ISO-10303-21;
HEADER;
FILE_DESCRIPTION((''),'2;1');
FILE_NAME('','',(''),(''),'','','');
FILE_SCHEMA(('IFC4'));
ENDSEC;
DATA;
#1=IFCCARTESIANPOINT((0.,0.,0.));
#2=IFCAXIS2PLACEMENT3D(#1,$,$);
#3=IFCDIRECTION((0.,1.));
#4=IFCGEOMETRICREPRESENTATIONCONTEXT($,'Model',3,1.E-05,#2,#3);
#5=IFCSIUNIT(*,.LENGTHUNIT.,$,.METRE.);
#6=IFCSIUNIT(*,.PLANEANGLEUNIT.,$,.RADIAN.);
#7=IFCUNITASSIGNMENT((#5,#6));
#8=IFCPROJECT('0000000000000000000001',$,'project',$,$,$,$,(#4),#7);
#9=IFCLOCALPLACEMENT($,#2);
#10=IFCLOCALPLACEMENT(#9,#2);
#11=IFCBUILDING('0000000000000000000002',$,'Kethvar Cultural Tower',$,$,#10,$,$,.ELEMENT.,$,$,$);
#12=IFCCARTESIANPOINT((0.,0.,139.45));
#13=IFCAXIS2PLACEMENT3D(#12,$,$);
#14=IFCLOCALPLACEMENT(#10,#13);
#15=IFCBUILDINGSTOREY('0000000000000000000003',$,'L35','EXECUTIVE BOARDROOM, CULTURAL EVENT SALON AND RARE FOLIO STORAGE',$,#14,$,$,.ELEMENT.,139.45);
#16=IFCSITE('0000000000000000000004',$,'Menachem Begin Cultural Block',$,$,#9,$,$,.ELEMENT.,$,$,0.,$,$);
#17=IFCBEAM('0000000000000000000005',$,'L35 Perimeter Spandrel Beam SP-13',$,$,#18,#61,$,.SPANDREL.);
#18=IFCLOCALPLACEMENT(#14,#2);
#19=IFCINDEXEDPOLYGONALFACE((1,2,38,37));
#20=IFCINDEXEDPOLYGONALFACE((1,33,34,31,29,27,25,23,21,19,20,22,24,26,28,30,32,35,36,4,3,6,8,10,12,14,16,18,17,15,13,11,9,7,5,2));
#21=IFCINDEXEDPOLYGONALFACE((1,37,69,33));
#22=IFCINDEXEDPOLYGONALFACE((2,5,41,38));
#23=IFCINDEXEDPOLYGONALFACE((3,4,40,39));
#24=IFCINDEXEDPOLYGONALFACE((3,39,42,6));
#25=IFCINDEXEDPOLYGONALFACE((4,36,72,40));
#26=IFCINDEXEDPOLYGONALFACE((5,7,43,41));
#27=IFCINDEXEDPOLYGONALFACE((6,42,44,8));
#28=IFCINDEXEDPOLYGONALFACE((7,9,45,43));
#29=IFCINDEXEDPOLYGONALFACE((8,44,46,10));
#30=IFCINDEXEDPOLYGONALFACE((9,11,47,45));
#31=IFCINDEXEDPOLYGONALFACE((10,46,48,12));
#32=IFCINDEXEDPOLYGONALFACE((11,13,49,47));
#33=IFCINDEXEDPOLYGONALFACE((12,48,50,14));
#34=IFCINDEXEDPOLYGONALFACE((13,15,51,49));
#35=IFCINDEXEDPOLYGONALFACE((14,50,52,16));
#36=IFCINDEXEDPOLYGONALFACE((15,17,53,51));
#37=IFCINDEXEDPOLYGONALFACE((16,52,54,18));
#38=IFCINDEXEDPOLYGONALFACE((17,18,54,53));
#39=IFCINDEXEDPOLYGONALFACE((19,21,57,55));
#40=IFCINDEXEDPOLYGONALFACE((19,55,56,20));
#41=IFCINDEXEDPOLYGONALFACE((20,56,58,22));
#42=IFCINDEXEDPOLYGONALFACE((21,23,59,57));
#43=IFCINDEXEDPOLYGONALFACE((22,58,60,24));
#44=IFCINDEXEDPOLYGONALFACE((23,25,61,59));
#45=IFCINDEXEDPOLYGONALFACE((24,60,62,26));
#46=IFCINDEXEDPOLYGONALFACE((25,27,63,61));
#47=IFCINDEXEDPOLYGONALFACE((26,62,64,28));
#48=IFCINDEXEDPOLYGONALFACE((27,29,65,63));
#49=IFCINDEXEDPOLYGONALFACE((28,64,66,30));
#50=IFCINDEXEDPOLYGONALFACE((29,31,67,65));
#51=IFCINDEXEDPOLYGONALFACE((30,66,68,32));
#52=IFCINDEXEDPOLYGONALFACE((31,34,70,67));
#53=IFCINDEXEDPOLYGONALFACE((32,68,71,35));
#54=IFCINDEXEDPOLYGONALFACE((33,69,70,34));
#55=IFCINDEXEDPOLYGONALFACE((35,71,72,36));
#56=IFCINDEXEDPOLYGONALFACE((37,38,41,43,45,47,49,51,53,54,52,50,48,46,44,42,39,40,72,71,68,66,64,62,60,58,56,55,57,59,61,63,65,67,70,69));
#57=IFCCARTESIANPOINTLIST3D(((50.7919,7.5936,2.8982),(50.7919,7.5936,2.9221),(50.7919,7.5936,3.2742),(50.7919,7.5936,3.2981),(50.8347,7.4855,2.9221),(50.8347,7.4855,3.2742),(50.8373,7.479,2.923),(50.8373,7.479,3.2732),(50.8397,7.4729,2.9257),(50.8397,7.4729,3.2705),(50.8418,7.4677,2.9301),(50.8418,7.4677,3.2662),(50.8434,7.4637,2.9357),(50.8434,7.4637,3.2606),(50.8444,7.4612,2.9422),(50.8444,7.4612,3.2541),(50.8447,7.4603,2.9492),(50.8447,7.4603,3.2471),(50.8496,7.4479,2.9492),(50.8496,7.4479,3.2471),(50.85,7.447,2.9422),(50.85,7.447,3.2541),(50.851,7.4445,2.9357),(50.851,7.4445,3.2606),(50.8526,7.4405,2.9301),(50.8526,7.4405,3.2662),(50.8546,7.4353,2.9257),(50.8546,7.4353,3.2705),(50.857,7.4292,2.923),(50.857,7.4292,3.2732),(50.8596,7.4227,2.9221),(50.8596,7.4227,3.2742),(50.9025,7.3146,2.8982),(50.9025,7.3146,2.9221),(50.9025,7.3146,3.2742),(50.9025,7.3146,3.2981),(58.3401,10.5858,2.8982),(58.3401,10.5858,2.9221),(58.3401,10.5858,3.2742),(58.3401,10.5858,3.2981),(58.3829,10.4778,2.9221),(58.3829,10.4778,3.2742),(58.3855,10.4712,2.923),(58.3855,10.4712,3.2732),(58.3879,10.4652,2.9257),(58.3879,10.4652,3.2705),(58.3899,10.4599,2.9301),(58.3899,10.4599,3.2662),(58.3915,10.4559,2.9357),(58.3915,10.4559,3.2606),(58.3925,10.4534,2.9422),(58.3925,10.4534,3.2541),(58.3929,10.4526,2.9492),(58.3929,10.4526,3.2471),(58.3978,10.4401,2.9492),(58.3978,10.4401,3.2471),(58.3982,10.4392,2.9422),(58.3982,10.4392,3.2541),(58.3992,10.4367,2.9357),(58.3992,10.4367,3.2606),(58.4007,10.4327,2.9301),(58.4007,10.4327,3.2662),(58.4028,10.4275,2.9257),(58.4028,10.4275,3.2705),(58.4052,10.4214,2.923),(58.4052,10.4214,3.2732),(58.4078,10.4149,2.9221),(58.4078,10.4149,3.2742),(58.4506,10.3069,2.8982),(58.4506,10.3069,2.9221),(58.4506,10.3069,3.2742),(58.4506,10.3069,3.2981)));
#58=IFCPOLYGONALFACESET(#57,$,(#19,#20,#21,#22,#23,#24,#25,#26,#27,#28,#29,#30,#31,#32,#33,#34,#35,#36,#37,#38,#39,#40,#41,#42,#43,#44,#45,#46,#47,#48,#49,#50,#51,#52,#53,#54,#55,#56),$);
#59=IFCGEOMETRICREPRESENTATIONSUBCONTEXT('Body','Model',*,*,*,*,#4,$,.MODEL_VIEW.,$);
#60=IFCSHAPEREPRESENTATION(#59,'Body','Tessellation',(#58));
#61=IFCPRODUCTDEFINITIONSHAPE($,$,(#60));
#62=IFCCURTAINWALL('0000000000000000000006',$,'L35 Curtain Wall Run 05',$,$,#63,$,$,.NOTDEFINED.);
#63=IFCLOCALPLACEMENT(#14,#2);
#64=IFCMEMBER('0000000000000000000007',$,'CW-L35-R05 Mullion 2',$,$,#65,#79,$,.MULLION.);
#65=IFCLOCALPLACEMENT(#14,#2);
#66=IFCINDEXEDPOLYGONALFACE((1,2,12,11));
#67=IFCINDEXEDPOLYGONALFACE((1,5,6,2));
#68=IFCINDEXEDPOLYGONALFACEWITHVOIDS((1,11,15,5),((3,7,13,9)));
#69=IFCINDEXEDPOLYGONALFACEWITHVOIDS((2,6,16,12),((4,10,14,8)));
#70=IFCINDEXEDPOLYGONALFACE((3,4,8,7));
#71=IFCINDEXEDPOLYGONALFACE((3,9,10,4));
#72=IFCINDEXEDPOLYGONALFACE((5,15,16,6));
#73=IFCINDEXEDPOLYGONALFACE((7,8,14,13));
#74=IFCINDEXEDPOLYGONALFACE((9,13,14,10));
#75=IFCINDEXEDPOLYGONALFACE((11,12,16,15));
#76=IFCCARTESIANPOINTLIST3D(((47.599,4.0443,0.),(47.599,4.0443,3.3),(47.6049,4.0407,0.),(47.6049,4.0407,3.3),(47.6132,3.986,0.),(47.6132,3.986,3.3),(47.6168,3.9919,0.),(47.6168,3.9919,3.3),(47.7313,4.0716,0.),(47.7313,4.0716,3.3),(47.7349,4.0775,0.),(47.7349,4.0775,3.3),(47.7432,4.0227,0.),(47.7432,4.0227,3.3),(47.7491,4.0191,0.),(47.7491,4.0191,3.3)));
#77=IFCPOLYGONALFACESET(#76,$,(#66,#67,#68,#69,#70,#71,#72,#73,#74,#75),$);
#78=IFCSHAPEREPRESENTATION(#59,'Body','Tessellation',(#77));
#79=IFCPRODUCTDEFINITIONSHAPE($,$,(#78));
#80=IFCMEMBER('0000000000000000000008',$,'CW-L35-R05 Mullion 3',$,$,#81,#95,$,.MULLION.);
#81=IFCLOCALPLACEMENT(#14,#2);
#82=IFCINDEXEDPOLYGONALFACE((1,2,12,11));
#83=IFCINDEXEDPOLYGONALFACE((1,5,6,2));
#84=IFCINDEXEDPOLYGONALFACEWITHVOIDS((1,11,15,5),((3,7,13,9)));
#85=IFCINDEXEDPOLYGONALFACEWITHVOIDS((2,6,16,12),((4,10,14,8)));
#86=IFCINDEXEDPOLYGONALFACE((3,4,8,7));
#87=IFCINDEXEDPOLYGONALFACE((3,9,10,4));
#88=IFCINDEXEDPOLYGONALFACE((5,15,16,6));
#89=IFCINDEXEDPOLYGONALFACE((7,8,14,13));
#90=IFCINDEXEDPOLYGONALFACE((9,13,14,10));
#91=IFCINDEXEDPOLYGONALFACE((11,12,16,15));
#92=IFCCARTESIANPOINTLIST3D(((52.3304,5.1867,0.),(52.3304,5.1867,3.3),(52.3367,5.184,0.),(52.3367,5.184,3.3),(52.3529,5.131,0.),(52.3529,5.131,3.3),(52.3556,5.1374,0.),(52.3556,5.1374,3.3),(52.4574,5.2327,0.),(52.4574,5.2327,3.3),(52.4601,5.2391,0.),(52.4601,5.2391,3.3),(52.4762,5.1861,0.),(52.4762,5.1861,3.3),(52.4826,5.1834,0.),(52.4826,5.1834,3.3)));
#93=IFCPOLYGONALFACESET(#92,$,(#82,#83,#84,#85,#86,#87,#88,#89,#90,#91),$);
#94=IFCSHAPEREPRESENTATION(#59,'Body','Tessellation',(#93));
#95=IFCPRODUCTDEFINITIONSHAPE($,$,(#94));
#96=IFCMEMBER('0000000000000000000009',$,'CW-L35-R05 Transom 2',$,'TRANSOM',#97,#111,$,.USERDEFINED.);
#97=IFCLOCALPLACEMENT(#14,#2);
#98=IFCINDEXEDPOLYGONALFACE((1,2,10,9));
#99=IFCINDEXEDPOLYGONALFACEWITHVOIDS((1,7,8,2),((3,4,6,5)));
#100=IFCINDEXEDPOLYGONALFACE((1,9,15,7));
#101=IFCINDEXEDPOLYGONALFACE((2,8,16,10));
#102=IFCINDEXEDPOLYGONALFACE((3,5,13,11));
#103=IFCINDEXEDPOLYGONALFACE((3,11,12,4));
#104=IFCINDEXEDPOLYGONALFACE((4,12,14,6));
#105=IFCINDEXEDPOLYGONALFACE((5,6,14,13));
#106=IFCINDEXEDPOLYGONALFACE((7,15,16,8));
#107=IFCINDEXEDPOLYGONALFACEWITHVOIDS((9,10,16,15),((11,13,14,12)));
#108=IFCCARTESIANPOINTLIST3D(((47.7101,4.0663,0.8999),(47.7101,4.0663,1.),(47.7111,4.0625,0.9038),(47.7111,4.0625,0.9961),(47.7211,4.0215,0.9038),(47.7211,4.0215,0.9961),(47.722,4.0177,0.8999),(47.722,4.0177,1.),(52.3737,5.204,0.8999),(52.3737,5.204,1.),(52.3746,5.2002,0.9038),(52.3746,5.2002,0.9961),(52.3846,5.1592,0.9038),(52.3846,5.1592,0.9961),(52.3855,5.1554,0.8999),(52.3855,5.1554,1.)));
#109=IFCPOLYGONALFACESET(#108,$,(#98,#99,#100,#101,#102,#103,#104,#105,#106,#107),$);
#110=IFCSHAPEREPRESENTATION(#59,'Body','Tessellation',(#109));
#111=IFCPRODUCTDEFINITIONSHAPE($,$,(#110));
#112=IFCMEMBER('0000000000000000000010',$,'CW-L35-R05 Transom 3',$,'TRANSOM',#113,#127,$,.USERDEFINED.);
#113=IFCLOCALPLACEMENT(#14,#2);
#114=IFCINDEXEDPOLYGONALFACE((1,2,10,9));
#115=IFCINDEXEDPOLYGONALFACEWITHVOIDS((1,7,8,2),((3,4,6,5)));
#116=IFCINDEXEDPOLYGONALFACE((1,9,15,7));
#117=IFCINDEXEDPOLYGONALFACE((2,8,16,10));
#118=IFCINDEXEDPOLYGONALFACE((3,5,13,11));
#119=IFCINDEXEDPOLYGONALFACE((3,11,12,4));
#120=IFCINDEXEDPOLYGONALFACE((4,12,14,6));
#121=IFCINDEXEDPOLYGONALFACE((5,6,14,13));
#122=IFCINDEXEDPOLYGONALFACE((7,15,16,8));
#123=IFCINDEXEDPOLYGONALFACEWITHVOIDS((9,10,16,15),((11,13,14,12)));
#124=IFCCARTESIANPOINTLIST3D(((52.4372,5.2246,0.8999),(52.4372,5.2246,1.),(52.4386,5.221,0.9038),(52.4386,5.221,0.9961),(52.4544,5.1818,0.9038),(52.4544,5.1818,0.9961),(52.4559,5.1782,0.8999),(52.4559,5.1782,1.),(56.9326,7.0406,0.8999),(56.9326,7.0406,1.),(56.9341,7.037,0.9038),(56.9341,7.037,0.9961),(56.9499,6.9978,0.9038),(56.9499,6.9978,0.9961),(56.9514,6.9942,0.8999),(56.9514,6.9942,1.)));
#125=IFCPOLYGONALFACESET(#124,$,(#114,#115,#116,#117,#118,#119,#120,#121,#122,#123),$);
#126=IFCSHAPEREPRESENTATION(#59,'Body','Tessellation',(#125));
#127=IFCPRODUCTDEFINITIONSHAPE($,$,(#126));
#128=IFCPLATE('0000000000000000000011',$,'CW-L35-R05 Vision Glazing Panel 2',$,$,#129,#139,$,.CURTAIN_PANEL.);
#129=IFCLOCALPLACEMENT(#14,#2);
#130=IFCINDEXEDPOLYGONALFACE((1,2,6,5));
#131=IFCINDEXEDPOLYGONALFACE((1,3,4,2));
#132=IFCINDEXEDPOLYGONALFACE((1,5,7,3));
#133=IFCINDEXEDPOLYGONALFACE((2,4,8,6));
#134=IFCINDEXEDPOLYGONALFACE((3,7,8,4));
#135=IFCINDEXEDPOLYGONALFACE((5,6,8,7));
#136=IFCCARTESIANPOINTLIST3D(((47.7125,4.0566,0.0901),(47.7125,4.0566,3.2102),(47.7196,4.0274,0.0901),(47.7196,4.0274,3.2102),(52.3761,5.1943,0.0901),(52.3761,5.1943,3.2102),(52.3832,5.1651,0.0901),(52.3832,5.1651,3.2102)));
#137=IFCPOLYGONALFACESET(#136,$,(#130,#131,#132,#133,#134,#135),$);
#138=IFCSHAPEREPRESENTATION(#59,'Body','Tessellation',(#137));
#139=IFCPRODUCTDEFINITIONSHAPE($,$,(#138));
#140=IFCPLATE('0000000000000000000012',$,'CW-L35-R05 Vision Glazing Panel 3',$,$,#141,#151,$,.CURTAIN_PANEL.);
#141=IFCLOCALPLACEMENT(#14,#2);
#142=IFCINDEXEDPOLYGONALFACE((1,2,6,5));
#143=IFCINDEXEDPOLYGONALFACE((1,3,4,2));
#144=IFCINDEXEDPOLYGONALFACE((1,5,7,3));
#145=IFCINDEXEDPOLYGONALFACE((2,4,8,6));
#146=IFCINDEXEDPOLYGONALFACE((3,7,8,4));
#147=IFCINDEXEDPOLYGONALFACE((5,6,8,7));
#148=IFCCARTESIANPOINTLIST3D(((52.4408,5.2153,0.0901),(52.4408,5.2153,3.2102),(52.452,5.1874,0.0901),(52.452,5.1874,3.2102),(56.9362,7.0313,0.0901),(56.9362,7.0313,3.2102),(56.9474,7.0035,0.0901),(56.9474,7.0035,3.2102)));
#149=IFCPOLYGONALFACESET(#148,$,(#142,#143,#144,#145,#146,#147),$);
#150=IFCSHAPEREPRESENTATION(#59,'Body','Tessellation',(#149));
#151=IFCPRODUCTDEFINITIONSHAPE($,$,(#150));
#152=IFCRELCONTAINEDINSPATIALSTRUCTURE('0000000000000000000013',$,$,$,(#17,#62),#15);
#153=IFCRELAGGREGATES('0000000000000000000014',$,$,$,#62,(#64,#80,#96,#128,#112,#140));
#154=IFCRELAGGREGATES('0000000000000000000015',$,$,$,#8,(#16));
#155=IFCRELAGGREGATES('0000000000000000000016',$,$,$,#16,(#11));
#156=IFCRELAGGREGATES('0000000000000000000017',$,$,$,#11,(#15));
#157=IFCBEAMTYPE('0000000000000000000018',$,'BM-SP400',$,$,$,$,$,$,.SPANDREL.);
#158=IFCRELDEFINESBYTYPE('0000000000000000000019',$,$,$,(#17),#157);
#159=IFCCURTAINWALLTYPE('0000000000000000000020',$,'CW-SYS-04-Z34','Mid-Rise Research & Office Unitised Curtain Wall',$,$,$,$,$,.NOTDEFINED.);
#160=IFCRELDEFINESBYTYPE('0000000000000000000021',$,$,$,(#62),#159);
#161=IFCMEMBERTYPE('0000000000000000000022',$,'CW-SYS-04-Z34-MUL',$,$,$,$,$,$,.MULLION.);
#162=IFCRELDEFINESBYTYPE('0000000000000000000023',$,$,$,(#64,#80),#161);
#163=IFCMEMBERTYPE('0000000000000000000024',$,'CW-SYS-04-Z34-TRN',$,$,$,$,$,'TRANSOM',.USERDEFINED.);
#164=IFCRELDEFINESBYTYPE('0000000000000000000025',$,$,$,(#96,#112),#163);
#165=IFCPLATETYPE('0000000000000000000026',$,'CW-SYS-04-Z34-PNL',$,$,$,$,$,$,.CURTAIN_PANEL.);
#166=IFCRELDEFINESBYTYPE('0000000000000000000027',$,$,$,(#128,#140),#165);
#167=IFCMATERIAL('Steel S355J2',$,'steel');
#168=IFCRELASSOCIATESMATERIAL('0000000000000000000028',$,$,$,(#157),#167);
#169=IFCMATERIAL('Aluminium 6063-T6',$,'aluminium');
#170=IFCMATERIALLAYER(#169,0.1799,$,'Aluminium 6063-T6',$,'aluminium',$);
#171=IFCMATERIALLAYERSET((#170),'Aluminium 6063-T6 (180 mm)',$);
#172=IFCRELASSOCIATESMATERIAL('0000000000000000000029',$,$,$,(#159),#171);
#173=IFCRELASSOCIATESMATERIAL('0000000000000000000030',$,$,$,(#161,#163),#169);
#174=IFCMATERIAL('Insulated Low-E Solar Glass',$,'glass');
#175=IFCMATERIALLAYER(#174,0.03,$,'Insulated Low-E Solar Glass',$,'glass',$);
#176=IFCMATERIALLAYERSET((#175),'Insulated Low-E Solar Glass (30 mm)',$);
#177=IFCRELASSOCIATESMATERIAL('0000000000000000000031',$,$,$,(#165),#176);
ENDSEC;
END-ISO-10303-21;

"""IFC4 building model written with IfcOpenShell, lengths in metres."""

from ifc_helpers import new_model, si_unit, direction, frame, origin, origin_2d, place, context, subcontext, project, spatial, rectangle, hollow_rectangle, i_section, extrude, source, transform, mapped, material, layer, layer_set, material_profile, profile_set, type_object, element, aggregate, save


model = new_model("IFC4")

# Units and contexts
model_context = context("Model", 3, precision=1e-05, world=origin(), true_north=direction((0.0, 1.0)))
body_context = subcontext(model_context, "Body", "Model", "MODEL_VIEW")
ifc_project = project(units=[si_unit("LENGTHUNIT", "METRE"), si_unit("PLANEANGLEUNIT", "RADIAN")], contexts=[model_context])

# Site, building, storey
site_placement = place(None, origin())
site = spatial("IfcSite", under=ifc_project, at=site_placement, Name="Menachem Begin Cultural Block", CompositionType="ELEMENT", RefElevation=0.0)
building_placement = place(site_placement, origin())
building = spatial("IfcBuilding", under=site, at=building_placement, Name="Kethvar Cultural Tower", CompositionType="ELEMENT")
storey_placement = place(building_placement, frame((0.0, 0.0, 139.45)))
storey = spatial("IfcBuildingStorey", under=building, at=storey_placement, Name="L35", Description="EXECUTIVE BOARDROOM, CULTURAL EVENT SALON AND RARE FOLIO STORAGE", CompositionType="ELEMENT", Elevation=139.45)

# Beam
ifc_material_1 = material(Name="Steel S355J2", Category="steel")
ifc_material_profile_1 = material_profile(ifc_material_1, i_section(OverallWidth=0.3, OverallDepth=0.3999, WebThickness=0.0134, FlangeThickness=0.0239, FilletRadius=0.0271, at=origin_2d()), Name="Steel S355J2 — HEB400")
ifc_profile_set_1 = profile_set([ifc_material_profile_1], Name="Steel S355J2 — HEB400")
beam_type_1 = type_object("IfcBeamType", Name="BM-SP400", PredefinedType="SPANDREL", material=ifc_profile_set_1)
shared_shape_1 = source(origin(), body_context, "Body", "SweptSolid", [
    extrude(i_section(OverallWidth=0.3, OverallDepth=0.3999, WebThickness=0.0134, FlangeThickness=0.0239, FilletRadius=0.0271, at=origin_2d()), origin(), (0.0, 0.0, 1.0), 8.1196),
])
beam_1_placement = place(storey_placement, frame((50.8472, 7.4541, 3.0981), z_axis=(0.929621, 0.368517, 0.0), x_axis=(-0.368517, 0.929621, 0.0)))
element("IfcBeam", 1, at=beam_1_placement, inside=storey, type_object=beam_type_1, Name="L35 Perimeter Spandrel Beam SP-13", PredefinedType="SPANDREL", context=body_context, shape_type="MappedRepresentation", body=[
    mapped(shared_shape_1, transform((0.0, 0.0, 0.0), scale=1.0)),
])

# Curtain wall, members, plates
ifc_material_2 = material(Name="Aluminium 6063-T6", Category="aluminium")
ifc_layer_1 = layer(ifc_material_2, 0.1799, Name="Aluminium 6063-T6", Category="aluminium")
ifc_layer_set_1 = layer_set([ifc_layer_1], Name="Aluminium 6063-T6 (180 mm)")
curtain_wall_type = type_object("IfcCurtainWallType", Name="CW-SYS-04-Z34", Description="Mid-Rise Research & Office Unitised Curtain Wall", PredefinedType="NOTDEFINED", material=ifc_layer_set_1)
curtain_wall_placement = place(storey_placement, origin())
curtain_wall = element("IfcCurtainWall", 2, at=curtain_wall_placement, inside=storey, type_object=curtain_wall_type, Name="L35 Curtain Wall Run 05", PredefinedType="NOTDEFINED")
ifc_material_profile_2 = material_profile(ifc_material_2, hollow_rectangle(XDim=0.0601, YDim=0.1399, WallThickness=0.0049, at=origin_2d()), Name="Aluminium 6063-T6 — RHS140x60x5")
ifc_profile_set_2 = profile_set([ifc_material_profile_2], Name="Aluminium 6063-T6 — RHS140x60x5")
member_type_1 = type_object("IfcMemberType", Name="CW-SYS-04-Z34-MUL", PredefinedType="MULLION", material=ifc_profile_set_2)
shared_shape_2 = source(origin(), body_context, "Body", "SweptSolid", [
    extrude(hollow_rectangle(XDim=0.0601, YDim=0.1399, WallThickness=0.0049, at=origin_2d()), origin(), (0.0, 0.0, 1.0), 3.3),
])
member_1_placement = place(storey_placement, frame((47.6741, 4.0317, 0.0), z_axis=(0.0, 0.0, 1.0), x_axis=(-0.237008, 0.971508, 0.0)))
member_1 = element("IfcMember", 3, at=member_1_placement, type_object=member_type_1, Name="CW-L35-R05 Mullion 2", PredefinedType="MULLION", context=body_context, shape_type="MappedRepresentation", body=[
    mapped(shared_shape_2, transform((0.0, 0.0, 0.0), scale=1.0)),
])
member_2_placement = place(storey_placement, frame((52.4065, 5.1851, 0.0), z_axis=(0.0, 0.0, 1.0), x_axis=(-0.374574, 0.927197, 0.0)))
member_2 = element("IfcMember", 4, at=member_2_placement, type_object=member_type_1, Name="CW-L35-R05 Mullion 3", PredefinedType="MULLION", context=body_context, shape_type="MappedRepresentation", body=[
    mapped(shared_shape_2, transform((0.0, 0.0, 0.0), scale=1.0)),
])
ifc_material_profile_3 = material_profile(ifc_material_2, hollow_rectangle(XDim=0.05, YDim=0.1001, WallThickness=0.0039, at=origin_2d()), Name="Aluminium 6063-T6 — RHS100x50x4")
ifc_profile_set_3 = profile_set([ifc_material_profile_3], Name="Aluminium 6063-T6 — RHS100x50x4")
member_type_2 = type_object("IfcMemberType", Name="CW-SYS-04-Z34-TRN", ElementType="TRANSOM", PredefinedType="USERDEFINED", material=ifc_profile_set_3)
shared_shape_3 = source(origin(), body_context, "Body", "SweptSolid", [
    extrude(hollow_rectangle(XDim=0.05, YDim=0.1001, WallThickness=0.0039, at=origin_2d()), origin(), (0.0, 0.0, 1.0), 4.8003),
])
member_3_placement = place(storey_placement, frame((47.7161, 4.042, 0.95), z_axis=(0.971509, 0.237003, 0.0), x_axis=(-0.237003, 0.971509, 0.0)))
member_3 = element("IfcMember", 5, at=member_3_placement, type_object=member_type_2, Name="CW-L35-R05 Transom 2", ObjectType="TRANSOM", PredefinedType="USERDEFINED", context=body_context, shape_type="MappedRepresentation", body=[
    mapped(shared_shape_3, transform((0.0, 0.0, 0.0), scale=1.0)),
])
shared_shape_4 = source(origin(), body_context, "Body", "SweptSolid", [
    extrude(hollow_rectangle(XDim=0.05, YDim=0.1001, WallThickness=0.0039, at=origin_2d()), origin(), (0.0, 0.0, 1.0), 4.8484),
])
member_4_placement = place(storey_placement, frame((52.4465, 5.2014, 0.95), z_axis=(0.927207, 0.374549, 0.0), x_axis=(-0.374549, 0.927207, 0.0)))
member_4 = element("IfcMember", 6, at=member_4_placement, type_object=member_type_2, Name="CW-L35-R05 Transom 3", ObjectType="TRANSOM", PredefinedType="USERDEFINED", context=body_context, shape_type="MappedRepresentation", body=[
    mapped(shared_shape_4, transform((0.0, 0.0, 0.0), scale=1.0)),
])
ifc_material_3 = material(Name="Insulated Low-E Solar Glass", Category="glass")
ifc_layer_2 = layer(ifc_material_3, 0.03, Name="Insulated Low-E Solar Glass", Category="glass")
ifc_layer_set_2 = layer_set([ifc_layer_2], Name="Insulated Low-E Solar Glass (30 mm)")
plate_type = type_object("IfcPlateType", Name="CW-SYS-04-Z34-PNL", PredefinedType="CURTAIN_PANEL", material=ifc_layer_set_2)
shared_shape_5 = source(origin(), body_context, "Body", "SweptSolid", [
    extrude(rectangle(XDim=4.8003, YDim=0.03, at=origin_2d()), origin(), (0.0, 0.0, 1.0), 3.1201),
])
plate_1_placement = place(storey_placement, frame((50.0479, 4.6108, 0.0901), z_axis=(0.0, 0.0, 1.0), x_axis=(0.971508, 0.237008, 0.0)))
plate_1 = element("IfcPlate", 7, at=plate_1_placement, type_object=plate_type, Name="CW-L35-R05 Vision Glazing Panel 2", PredefinedType="CURTAIN_PANEL", context=body_context, shape_type="MappedRepresentation", body=[
    mapped(shared_shape_5, transform((0.0, 0.0, 0.0), scale=1.0)),
])
shared_shape_6 = source(origin(), body_context, "Body", "SweptSolid", [
    extrude(rectangle(XDim=4.8484, YDim=0.03, at=origin_2d()), origin(), (0.0, 0.0, 1.0), 3.1201),
])
plate_2_placement = place(storey_placement, frame((54.6941, 6.1094, 0.0901), z_axis=(0.0, 0.0, 1.0), x_axis=(0.927197, 0.374574, 0.0)))
plate_2 = element("IfcPlate", 8, at=plate_2_placement, type_object=plate_type, Name="CW-L35-R05 Vision Glazing Panel 3", PredefinedType="CURTAIN_PANEL", context=body_context, shape_type="MappedRepresentation", body=[
    mapped(shared_shape_6, transform((0.0, 0.0, 0.0), scale=1.0)),
])
aggregate(curtain_wall, [member_1, member_2, member_3, plate_1, member_4, plate_2])

save(model, "model.ifc")
